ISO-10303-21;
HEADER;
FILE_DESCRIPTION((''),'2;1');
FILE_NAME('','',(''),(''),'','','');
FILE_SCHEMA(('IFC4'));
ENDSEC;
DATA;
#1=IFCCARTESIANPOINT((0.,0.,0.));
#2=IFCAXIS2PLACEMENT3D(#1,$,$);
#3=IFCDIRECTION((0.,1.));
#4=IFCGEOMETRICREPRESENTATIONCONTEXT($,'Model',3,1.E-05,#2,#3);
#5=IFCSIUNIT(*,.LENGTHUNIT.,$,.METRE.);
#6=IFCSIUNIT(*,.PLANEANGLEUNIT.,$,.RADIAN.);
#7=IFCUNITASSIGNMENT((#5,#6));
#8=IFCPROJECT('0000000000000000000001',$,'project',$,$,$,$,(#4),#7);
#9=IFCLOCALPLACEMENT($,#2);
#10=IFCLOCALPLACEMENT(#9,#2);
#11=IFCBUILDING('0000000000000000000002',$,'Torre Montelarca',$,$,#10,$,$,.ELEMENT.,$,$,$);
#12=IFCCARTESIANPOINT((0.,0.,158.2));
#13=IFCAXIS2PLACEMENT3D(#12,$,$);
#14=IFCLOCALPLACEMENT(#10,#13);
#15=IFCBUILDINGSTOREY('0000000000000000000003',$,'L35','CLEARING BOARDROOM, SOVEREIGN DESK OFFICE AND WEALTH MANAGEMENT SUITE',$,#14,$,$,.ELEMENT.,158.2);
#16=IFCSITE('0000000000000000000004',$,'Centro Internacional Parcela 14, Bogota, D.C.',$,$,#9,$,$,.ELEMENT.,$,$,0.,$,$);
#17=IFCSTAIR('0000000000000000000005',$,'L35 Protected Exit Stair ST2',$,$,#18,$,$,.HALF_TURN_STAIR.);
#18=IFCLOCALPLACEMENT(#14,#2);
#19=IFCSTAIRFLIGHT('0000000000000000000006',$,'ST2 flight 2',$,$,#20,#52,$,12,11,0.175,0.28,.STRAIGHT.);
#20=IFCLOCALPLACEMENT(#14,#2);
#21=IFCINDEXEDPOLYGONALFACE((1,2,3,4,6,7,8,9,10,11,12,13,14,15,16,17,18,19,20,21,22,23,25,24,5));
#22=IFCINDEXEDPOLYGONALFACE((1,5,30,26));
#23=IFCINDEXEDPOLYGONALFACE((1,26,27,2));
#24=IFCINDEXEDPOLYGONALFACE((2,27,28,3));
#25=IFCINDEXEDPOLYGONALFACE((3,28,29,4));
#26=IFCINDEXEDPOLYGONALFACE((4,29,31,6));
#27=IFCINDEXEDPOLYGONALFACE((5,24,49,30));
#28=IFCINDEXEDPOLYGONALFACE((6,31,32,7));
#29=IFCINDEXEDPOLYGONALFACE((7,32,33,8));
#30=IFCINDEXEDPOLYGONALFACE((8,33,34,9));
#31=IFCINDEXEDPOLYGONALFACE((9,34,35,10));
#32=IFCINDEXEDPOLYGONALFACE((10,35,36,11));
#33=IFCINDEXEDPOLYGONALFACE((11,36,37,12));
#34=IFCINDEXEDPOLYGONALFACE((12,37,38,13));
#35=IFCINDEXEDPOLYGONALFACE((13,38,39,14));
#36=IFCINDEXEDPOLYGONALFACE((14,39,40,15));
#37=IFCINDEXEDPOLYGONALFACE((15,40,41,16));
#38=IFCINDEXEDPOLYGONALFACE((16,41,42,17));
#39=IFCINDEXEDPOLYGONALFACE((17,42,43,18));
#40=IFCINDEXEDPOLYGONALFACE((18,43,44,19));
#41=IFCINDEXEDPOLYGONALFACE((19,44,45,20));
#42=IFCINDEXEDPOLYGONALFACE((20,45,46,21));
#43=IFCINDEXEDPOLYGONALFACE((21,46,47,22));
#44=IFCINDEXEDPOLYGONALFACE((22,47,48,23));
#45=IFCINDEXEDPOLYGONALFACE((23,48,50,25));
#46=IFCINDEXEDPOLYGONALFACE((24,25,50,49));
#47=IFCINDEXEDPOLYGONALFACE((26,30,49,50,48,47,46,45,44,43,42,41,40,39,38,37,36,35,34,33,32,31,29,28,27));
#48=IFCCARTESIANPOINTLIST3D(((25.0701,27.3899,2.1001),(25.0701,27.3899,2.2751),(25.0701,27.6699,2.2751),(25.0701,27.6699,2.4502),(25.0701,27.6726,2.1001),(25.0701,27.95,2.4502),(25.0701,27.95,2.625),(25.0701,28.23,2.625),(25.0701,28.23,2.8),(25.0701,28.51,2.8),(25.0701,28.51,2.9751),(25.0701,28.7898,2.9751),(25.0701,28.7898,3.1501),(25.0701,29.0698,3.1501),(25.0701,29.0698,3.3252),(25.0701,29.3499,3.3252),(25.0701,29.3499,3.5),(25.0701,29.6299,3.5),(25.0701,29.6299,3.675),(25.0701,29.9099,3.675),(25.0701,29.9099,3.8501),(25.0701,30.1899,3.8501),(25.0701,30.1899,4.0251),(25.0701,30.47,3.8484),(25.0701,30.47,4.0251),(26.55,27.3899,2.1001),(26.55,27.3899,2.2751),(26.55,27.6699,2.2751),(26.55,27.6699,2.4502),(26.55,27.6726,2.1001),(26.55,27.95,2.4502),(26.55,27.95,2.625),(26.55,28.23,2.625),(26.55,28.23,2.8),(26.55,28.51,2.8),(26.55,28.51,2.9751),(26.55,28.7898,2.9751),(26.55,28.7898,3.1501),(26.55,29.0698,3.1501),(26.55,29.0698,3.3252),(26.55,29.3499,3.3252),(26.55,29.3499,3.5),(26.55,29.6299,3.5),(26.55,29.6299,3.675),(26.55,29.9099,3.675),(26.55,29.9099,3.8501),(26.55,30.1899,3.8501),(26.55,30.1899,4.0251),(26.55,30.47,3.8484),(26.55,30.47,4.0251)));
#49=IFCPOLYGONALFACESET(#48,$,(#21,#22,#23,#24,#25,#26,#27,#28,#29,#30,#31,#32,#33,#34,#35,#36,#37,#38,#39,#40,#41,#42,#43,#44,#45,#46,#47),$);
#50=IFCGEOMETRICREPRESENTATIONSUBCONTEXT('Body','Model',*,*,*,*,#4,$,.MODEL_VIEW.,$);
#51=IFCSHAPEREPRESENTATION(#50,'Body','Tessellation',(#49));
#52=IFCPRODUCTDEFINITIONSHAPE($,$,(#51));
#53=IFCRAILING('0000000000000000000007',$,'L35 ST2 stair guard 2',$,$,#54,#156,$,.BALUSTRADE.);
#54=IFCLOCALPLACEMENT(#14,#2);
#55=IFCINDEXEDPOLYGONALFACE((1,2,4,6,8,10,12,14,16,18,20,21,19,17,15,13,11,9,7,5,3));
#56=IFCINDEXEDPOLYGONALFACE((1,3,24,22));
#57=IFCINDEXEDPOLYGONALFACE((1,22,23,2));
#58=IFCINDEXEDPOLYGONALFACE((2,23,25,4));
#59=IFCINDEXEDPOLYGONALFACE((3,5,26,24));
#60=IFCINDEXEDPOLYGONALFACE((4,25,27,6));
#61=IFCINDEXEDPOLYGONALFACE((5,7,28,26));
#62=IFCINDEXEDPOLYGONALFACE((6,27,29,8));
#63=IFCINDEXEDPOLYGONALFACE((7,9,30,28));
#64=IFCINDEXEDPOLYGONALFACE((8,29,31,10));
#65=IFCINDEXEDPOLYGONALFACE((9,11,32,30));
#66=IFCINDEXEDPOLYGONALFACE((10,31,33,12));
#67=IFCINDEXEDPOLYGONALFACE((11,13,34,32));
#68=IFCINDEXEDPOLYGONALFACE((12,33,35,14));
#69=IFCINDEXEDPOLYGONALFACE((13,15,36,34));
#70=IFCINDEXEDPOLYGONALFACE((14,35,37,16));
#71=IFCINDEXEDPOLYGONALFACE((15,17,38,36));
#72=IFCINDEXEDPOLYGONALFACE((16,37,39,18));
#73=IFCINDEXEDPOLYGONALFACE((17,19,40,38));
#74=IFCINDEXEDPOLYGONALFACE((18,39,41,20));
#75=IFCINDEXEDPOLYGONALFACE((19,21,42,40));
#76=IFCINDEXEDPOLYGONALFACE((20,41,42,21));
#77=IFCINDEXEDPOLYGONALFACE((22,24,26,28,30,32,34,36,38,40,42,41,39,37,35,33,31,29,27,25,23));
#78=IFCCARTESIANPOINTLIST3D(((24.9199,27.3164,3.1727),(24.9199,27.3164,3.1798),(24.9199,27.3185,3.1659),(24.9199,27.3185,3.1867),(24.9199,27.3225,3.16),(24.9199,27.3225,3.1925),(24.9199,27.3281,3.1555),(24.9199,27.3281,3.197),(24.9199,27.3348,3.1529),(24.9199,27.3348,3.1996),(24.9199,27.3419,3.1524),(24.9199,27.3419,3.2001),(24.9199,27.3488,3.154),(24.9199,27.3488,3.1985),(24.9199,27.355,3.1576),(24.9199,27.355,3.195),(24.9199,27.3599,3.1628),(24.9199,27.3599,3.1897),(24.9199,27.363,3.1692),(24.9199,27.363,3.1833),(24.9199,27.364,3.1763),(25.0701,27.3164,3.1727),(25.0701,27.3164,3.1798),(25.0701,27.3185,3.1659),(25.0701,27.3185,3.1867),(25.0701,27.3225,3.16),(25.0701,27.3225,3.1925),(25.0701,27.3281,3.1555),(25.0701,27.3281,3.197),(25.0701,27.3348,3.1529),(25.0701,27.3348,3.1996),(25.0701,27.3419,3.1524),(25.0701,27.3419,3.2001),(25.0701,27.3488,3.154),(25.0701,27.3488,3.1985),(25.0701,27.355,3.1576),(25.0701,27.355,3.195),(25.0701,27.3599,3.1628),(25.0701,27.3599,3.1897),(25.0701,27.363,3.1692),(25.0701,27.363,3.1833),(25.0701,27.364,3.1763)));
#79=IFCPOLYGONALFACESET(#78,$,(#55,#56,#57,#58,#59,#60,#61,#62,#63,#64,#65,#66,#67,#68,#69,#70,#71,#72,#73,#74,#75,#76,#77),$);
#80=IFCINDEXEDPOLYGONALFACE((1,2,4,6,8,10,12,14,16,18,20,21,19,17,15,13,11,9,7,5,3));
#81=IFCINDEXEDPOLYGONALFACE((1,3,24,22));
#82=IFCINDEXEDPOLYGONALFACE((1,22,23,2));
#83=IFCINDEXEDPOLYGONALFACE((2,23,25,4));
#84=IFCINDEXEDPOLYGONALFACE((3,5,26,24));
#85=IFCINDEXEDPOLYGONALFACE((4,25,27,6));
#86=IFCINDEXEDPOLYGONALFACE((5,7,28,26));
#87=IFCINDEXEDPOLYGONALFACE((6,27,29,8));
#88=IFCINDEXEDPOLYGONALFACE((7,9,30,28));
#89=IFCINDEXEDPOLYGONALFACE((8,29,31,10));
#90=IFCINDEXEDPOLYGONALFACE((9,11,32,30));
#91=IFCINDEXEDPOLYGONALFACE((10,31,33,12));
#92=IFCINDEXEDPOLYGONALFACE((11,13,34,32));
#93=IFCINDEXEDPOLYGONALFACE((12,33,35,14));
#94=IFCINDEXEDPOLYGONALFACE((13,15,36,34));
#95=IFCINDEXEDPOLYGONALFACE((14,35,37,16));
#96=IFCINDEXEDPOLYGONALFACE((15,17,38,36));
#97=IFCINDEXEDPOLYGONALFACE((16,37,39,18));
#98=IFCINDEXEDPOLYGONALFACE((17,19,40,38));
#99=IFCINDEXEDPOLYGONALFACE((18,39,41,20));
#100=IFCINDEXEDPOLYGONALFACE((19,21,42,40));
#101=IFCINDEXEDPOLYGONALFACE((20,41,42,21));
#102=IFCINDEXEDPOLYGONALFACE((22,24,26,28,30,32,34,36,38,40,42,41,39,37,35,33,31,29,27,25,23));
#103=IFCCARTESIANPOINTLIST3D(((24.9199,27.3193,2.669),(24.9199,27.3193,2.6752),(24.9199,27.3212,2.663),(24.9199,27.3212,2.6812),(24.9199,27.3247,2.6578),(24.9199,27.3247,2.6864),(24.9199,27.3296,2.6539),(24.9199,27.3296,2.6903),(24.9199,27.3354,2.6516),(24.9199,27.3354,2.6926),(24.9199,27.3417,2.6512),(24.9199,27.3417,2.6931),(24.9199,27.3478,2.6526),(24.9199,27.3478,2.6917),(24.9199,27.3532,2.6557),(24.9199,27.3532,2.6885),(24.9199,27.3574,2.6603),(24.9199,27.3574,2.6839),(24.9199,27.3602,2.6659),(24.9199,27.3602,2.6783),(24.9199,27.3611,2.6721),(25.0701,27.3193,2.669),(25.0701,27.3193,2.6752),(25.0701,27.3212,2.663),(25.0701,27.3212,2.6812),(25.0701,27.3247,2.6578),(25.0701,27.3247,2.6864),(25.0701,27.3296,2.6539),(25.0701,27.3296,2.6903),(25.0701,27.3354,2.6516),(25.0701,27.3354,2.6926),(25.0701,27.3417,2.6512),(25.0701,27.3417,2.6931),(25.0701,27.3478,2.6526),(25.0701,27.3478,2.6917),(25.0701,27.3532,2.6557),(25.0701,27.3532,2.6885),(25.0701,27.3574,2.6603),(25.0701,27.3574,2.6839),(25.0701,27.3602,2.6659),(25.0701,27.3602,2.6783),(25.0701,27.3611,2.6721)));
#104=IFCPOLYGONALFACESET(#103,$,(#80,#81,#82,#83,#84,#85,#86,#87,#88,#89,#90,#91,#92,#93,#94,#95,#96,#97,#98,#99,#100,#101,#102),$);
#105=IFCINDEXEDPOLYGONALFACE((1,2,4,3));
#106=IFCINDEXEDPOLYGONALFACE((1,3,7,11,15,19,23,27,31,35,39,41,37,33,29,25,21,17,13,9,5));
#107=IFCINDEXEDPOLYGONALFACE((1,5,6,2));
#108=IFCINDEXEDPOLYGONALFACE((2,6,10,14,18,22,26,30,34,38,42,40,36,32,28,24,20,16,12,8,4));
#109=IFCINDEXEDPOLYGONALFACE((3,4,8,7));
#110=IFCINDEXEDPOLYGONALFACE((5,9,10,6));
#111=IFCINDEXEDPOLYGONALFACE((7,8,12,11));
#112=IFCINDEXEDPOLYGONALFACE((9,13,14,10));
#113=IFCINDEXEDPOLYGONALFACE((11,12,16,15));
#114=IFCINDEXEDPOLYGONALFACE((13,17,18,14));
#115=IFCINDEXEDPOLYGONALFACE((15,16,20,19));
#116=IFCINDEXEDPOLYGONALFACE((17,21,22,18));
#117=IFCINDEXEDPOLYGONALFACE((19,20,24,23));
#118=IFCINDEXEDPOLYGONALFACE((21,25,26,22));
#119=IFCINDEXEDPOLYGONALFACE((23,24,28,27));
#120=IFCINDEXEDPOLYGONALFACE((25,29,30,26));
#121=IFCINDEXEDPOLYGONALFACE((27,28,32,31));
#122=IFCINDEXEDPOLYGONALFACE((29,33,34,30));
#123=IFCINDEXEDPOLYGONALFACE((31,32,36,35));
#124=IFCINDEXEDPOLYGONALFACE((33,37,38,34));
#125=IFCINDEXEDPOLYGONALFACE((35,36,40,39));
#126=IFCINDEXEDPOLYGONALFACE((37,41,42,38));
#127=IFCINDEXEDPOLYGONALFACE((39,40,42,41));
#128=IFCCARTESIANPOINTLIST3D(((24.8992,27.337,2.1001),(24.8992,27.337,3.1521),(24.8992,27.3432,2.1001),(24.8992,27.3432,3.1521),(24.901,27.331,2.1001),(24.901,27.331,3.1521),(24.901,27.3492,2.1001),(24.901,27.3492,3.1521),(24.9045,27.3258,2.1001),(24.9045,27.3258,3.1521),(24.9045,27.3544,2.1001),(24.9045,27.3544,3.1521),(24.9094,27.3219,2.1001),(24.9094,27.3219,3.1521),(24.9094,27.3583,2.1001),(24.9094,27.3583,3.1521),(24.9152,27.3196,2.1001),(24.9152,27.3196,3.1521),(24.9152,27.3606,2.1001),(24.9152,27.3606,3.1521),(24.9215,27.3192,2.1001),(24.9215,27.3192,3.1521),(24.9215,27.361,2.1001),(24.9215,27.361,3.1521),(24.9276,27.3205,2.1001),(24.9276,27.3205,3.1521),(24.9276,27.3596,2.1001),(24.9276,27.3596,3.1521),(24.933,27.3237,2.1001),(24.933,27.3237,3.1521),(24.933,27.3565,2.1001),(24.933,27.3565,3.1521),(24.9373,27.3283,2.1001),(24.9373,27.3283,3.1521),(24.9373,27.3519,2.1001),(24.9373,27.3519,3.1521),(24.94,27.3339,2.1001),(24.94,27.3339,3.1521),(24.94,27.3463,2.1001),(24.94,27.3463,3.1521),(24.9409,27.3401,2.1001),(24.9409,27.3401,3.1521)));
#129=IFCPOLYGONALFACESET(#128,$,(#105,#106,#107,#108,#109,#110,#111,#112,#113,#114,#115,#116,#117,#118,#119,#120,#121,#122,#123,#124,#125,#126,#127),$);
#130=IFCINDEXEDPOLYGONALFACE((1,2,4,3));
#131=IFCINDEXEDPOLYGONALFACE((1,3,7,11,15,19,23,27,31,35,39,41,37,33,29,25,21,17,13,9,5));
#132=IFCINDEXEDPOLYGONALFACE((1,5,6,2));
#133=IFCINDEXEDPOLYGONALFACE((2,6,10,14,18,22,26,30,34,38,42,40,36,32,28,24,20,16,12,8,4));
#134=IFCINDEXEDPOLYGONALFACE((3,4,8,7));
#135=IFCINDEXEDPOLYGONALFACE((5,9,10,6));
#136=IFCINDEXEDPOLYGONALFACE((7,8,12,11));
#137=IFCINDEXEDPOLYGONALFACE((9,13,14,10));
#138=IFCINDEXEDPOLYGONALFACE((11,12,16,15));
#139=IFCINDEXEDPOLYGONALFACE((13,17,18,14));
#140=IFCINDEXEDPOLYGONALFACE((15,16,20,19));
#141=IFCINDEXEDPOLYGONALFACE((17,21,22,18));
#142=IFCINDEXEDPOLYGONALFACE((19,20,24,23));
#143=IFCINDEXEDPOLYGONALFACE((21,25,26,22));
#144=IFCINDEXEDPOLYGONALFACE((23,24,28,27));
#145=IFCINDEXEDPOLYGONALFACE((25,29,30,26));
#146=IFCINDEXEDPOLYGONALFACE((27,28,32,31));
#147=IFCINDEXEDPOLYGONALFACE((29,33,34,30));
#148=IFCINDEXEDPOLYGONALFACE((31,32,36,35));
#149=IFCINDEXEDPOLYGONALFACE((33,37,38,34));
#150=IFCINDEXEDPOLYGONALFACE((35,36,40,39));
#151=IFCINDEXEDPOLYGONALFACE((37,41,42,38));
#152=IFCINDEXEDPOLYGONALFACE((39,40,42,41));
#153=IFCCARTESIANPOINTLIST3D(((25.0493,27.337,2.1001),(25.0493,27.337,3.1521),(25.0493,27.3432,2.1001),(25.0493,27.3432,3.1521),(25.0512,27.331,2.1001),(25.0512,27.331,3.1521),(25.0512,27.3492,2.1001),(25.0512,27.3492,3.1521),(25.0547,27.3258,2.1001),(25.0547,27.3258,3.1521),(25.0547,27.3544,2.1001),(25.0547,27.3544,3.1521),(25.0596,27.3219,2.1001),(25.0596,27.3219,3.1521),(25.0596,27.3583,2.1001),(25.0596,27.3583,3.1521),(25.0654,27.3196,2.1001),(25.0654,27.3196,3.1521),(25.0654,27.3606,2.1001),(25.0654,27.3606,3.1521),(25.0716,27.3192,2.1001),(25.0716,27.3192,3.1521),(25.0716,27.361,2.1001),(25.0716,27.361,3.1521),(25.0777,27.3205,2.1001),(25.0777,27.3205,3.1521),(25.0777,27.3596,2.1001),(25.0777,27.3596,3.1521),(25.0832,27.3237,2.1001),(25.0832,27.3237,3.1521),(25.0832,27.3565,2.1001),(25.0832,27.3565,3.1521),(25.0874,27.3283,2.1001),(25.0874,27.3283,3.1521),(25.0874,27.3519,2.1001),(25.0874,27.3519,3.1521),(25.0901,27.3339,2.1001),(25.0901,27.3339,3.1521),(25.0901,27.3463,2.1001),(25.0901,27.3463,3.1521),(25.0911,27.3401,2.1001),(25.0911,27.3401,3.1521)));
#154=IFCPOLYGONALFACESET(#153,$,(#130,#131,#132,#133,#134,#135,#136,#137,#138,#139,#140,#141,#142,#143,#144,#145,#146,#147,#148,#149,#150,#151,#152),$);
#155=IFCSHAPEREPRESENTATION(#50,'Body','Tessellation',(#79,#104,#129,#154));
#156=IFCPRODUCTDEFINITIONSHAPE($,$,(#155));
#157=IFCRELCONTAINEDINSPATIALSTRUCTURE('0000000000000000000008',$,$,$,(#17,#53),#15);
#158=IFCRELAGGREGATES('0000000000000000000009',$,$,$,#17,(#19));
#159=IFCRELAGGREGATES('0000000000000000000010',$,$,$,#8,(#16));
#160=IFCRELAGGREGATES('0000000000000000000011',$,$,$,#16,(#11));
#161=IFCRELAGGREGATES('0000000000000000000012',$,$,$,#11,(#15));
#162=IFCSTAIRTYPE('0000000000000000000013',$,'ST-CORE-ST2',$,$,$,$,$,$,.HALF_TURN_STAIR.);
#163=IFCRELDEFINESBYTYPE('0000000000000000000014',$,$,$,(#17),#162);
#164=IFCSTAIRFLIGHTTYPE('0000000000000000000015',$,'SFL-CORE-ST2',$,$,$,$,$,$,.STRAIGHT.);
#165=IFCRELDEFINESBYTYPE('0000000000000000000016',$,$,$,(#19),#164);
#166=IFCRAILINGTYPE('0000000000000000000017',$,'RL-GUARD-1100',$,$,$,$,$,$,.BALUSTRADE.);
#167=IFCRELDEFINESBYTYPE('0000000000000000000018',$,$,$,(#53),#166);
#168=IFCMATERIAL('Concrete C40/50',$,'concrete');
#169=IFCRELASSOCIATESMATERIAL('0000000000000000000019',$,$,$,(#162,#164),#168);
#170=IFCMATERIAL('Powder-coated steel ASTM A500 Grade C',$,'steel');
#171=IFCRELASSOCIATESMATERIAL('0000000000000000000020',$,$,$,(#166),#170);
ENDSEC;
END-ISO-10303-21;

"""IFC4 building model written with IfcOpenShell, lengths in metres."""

from ifc_helpers import new_model, si_unit, direction, frame, origin, origin_2d, place, context, subcontext, project, spatial, polyline, circle, outline, extrude, material, type_object, element, aggregate, save


model = new_model("IFC4")

# Units and contexts
model_context = context("Model", 3, precision=1e-05, world=origin(), true_north=direction((0.0, 1.0)))
body_context = subcontext(model_context, "Body", "Model", "MODEL_VIEW")
ifc_project = project(units=[si_unit("LENGTHUNIT", "METRE"), si_unit("PLANEANGLEUNIT", "RADIAN")], contexts=[model_context])

# Site, building, storey
site_placement = place(None, origin())
site = spatial("IfcSite", under=ifc_project, at=site_placement, Name="Centro Internacional Parcela 14, Bogota, D.C.", CompositionType="ELEMENT", RefElevation=0.0)
building_placement = place(site_placement, origin())
building = spatial("IfcBuilding", under=site, at=building_placement, Name="Torre Montelarca", CompositionType="ELEMENT")
storey_placement = place(building_placement, frame((0.0, 0.0, 158.2)))
storey = spatial("IfcBuildingStorey", under=building, at=storey_placement, Name="L35", Description="CLEARING BOARDROOM, SOVEREIGN DESK OFFICE AND WEALTH MANAGEMENT SUITE", CompositionType="ELEMENT", Elevation=158.2)

# Stair, stair flight
ifc_material_1 = material(Name="Concrete C40/50", Category="concrete")
stair_type = type_object("IfcStairType", Name="ST-CORE-ST2", PredefinedType="HALF_TURN_STAIR", material=ifc_material_1)
stair_placement = place(storey_placement, origin())
stair = element("IfcStair", 1, at=stair_placement, inside=storey, type_object=stair_type, Name="L35 Protected Exit Stair ST2", PredefinedType="HALF_TURN_STAIR")
stair_flight_type = type_object("IfcStairFlightType", Name="SFL-CORE-ST2", PredefinedType="STRAIGHT", material=ifc_material_1)
stair_flight_placement = place(storey_placement, frame((25.8101, 27.3899, 2.1001), z_axis=(0.0, 0.0, 1.0), x_axis=(0.0, 1.0, 0.0)))
stair_flight = element("IfcStairFlight", 2, at=stair_flight_placement, type_object=stair_flight_type, Name="ST2 flight 2", NumberOfRisers=12, NumberOfTreads=11, PredefinedType="STRAIGHT", RiserHeight=0.175, TreadLength=0.28, context=body_context, shape_type="SweptSolid", body=[
    extrude(outline(polyline([(0.0, 0.0), (0.0, 0.175), (0.28, 0.175), (0.28, 0.3501), (0.5601, 0.3501), (0.5601, 0.5249), (0.8401, 0.5249), (0.8401, 0.7), (1.1201, 0.7), (1.1201, 0.875), (1.3999, 0.875), (1.3999, 1.05), (1.6799, 1.05), (1.6799, 1.2251), (1.96, 1.2251), (1.96, 1.3999), (2.24, 1.3999), (2.24, 1.575), (2.52, 1.575), (2.52, 1.75), (2.8, 1.75), (2.8, 1.925), (3.0801, 1.925), (3.0801, 2.1001), (3.0801, 1.7483), (0.2827, 0.0), (0.0, 0.0)])), frame((0.0, 0.74, 0.0), z_axis=(0.0, -1.0, 0.0), x_axis=(1.0, 0.0, 0.0)), (0.0, 0.0, 1.0), 1.48),
])
aggregate(stair, [stair_flight])

# Railing
ifc_material_2 = material(Name="Powder-coated steel ASTM A500 Grade C", Category="steel")
railing_type_1 = type_object("IfcRailingType", Name="RL-GUARD-1100", PredefinedType="BALUSTRADE", material=ifc_material_2)
railing_1_placement = place(storey_placement, frame((24.9199, 27.3401, 2.1001)))
element("IfcRailing", 3, at=railing_1_placement, inside=storey, type_object=railing_type_1, Name="L35 ST2 stair guard 2", PredefinedType="BALUSTRADE", context=body_context, shape_type="SweptSolid", body=[
    extrude(circle(Radius=0.0239, at=origin_2d()), frame((0.0, 0.0, 1.0762), z_axis=(1.0, 0.0, 0.0), x_axis=(0.0, 1.0, 0.0)), (0.0, 0.0, 1.0), 0.1501),
    extrude(circle(Radius=0.021, at=origin_2d()), frame((0.0, 0.0, 0.572), z_axis=(1.0, 0.0, 0.0), x_axis=(0.0, 1.0, 0.0)), (0.0, 0.0, 1.0), 0.1501),
    extrude(circle(Radius=0.021, at=origin_2d()), origin(), (0.0, 0.0, 1.0), 1.052),
    extrude(circle(Radius=0.021, at=origin_2d()), frame((0.1501, 0.0, 0.0)), (0.0, 0.0, 1.0), 1.052),
])

save(model, "model.ifc")
